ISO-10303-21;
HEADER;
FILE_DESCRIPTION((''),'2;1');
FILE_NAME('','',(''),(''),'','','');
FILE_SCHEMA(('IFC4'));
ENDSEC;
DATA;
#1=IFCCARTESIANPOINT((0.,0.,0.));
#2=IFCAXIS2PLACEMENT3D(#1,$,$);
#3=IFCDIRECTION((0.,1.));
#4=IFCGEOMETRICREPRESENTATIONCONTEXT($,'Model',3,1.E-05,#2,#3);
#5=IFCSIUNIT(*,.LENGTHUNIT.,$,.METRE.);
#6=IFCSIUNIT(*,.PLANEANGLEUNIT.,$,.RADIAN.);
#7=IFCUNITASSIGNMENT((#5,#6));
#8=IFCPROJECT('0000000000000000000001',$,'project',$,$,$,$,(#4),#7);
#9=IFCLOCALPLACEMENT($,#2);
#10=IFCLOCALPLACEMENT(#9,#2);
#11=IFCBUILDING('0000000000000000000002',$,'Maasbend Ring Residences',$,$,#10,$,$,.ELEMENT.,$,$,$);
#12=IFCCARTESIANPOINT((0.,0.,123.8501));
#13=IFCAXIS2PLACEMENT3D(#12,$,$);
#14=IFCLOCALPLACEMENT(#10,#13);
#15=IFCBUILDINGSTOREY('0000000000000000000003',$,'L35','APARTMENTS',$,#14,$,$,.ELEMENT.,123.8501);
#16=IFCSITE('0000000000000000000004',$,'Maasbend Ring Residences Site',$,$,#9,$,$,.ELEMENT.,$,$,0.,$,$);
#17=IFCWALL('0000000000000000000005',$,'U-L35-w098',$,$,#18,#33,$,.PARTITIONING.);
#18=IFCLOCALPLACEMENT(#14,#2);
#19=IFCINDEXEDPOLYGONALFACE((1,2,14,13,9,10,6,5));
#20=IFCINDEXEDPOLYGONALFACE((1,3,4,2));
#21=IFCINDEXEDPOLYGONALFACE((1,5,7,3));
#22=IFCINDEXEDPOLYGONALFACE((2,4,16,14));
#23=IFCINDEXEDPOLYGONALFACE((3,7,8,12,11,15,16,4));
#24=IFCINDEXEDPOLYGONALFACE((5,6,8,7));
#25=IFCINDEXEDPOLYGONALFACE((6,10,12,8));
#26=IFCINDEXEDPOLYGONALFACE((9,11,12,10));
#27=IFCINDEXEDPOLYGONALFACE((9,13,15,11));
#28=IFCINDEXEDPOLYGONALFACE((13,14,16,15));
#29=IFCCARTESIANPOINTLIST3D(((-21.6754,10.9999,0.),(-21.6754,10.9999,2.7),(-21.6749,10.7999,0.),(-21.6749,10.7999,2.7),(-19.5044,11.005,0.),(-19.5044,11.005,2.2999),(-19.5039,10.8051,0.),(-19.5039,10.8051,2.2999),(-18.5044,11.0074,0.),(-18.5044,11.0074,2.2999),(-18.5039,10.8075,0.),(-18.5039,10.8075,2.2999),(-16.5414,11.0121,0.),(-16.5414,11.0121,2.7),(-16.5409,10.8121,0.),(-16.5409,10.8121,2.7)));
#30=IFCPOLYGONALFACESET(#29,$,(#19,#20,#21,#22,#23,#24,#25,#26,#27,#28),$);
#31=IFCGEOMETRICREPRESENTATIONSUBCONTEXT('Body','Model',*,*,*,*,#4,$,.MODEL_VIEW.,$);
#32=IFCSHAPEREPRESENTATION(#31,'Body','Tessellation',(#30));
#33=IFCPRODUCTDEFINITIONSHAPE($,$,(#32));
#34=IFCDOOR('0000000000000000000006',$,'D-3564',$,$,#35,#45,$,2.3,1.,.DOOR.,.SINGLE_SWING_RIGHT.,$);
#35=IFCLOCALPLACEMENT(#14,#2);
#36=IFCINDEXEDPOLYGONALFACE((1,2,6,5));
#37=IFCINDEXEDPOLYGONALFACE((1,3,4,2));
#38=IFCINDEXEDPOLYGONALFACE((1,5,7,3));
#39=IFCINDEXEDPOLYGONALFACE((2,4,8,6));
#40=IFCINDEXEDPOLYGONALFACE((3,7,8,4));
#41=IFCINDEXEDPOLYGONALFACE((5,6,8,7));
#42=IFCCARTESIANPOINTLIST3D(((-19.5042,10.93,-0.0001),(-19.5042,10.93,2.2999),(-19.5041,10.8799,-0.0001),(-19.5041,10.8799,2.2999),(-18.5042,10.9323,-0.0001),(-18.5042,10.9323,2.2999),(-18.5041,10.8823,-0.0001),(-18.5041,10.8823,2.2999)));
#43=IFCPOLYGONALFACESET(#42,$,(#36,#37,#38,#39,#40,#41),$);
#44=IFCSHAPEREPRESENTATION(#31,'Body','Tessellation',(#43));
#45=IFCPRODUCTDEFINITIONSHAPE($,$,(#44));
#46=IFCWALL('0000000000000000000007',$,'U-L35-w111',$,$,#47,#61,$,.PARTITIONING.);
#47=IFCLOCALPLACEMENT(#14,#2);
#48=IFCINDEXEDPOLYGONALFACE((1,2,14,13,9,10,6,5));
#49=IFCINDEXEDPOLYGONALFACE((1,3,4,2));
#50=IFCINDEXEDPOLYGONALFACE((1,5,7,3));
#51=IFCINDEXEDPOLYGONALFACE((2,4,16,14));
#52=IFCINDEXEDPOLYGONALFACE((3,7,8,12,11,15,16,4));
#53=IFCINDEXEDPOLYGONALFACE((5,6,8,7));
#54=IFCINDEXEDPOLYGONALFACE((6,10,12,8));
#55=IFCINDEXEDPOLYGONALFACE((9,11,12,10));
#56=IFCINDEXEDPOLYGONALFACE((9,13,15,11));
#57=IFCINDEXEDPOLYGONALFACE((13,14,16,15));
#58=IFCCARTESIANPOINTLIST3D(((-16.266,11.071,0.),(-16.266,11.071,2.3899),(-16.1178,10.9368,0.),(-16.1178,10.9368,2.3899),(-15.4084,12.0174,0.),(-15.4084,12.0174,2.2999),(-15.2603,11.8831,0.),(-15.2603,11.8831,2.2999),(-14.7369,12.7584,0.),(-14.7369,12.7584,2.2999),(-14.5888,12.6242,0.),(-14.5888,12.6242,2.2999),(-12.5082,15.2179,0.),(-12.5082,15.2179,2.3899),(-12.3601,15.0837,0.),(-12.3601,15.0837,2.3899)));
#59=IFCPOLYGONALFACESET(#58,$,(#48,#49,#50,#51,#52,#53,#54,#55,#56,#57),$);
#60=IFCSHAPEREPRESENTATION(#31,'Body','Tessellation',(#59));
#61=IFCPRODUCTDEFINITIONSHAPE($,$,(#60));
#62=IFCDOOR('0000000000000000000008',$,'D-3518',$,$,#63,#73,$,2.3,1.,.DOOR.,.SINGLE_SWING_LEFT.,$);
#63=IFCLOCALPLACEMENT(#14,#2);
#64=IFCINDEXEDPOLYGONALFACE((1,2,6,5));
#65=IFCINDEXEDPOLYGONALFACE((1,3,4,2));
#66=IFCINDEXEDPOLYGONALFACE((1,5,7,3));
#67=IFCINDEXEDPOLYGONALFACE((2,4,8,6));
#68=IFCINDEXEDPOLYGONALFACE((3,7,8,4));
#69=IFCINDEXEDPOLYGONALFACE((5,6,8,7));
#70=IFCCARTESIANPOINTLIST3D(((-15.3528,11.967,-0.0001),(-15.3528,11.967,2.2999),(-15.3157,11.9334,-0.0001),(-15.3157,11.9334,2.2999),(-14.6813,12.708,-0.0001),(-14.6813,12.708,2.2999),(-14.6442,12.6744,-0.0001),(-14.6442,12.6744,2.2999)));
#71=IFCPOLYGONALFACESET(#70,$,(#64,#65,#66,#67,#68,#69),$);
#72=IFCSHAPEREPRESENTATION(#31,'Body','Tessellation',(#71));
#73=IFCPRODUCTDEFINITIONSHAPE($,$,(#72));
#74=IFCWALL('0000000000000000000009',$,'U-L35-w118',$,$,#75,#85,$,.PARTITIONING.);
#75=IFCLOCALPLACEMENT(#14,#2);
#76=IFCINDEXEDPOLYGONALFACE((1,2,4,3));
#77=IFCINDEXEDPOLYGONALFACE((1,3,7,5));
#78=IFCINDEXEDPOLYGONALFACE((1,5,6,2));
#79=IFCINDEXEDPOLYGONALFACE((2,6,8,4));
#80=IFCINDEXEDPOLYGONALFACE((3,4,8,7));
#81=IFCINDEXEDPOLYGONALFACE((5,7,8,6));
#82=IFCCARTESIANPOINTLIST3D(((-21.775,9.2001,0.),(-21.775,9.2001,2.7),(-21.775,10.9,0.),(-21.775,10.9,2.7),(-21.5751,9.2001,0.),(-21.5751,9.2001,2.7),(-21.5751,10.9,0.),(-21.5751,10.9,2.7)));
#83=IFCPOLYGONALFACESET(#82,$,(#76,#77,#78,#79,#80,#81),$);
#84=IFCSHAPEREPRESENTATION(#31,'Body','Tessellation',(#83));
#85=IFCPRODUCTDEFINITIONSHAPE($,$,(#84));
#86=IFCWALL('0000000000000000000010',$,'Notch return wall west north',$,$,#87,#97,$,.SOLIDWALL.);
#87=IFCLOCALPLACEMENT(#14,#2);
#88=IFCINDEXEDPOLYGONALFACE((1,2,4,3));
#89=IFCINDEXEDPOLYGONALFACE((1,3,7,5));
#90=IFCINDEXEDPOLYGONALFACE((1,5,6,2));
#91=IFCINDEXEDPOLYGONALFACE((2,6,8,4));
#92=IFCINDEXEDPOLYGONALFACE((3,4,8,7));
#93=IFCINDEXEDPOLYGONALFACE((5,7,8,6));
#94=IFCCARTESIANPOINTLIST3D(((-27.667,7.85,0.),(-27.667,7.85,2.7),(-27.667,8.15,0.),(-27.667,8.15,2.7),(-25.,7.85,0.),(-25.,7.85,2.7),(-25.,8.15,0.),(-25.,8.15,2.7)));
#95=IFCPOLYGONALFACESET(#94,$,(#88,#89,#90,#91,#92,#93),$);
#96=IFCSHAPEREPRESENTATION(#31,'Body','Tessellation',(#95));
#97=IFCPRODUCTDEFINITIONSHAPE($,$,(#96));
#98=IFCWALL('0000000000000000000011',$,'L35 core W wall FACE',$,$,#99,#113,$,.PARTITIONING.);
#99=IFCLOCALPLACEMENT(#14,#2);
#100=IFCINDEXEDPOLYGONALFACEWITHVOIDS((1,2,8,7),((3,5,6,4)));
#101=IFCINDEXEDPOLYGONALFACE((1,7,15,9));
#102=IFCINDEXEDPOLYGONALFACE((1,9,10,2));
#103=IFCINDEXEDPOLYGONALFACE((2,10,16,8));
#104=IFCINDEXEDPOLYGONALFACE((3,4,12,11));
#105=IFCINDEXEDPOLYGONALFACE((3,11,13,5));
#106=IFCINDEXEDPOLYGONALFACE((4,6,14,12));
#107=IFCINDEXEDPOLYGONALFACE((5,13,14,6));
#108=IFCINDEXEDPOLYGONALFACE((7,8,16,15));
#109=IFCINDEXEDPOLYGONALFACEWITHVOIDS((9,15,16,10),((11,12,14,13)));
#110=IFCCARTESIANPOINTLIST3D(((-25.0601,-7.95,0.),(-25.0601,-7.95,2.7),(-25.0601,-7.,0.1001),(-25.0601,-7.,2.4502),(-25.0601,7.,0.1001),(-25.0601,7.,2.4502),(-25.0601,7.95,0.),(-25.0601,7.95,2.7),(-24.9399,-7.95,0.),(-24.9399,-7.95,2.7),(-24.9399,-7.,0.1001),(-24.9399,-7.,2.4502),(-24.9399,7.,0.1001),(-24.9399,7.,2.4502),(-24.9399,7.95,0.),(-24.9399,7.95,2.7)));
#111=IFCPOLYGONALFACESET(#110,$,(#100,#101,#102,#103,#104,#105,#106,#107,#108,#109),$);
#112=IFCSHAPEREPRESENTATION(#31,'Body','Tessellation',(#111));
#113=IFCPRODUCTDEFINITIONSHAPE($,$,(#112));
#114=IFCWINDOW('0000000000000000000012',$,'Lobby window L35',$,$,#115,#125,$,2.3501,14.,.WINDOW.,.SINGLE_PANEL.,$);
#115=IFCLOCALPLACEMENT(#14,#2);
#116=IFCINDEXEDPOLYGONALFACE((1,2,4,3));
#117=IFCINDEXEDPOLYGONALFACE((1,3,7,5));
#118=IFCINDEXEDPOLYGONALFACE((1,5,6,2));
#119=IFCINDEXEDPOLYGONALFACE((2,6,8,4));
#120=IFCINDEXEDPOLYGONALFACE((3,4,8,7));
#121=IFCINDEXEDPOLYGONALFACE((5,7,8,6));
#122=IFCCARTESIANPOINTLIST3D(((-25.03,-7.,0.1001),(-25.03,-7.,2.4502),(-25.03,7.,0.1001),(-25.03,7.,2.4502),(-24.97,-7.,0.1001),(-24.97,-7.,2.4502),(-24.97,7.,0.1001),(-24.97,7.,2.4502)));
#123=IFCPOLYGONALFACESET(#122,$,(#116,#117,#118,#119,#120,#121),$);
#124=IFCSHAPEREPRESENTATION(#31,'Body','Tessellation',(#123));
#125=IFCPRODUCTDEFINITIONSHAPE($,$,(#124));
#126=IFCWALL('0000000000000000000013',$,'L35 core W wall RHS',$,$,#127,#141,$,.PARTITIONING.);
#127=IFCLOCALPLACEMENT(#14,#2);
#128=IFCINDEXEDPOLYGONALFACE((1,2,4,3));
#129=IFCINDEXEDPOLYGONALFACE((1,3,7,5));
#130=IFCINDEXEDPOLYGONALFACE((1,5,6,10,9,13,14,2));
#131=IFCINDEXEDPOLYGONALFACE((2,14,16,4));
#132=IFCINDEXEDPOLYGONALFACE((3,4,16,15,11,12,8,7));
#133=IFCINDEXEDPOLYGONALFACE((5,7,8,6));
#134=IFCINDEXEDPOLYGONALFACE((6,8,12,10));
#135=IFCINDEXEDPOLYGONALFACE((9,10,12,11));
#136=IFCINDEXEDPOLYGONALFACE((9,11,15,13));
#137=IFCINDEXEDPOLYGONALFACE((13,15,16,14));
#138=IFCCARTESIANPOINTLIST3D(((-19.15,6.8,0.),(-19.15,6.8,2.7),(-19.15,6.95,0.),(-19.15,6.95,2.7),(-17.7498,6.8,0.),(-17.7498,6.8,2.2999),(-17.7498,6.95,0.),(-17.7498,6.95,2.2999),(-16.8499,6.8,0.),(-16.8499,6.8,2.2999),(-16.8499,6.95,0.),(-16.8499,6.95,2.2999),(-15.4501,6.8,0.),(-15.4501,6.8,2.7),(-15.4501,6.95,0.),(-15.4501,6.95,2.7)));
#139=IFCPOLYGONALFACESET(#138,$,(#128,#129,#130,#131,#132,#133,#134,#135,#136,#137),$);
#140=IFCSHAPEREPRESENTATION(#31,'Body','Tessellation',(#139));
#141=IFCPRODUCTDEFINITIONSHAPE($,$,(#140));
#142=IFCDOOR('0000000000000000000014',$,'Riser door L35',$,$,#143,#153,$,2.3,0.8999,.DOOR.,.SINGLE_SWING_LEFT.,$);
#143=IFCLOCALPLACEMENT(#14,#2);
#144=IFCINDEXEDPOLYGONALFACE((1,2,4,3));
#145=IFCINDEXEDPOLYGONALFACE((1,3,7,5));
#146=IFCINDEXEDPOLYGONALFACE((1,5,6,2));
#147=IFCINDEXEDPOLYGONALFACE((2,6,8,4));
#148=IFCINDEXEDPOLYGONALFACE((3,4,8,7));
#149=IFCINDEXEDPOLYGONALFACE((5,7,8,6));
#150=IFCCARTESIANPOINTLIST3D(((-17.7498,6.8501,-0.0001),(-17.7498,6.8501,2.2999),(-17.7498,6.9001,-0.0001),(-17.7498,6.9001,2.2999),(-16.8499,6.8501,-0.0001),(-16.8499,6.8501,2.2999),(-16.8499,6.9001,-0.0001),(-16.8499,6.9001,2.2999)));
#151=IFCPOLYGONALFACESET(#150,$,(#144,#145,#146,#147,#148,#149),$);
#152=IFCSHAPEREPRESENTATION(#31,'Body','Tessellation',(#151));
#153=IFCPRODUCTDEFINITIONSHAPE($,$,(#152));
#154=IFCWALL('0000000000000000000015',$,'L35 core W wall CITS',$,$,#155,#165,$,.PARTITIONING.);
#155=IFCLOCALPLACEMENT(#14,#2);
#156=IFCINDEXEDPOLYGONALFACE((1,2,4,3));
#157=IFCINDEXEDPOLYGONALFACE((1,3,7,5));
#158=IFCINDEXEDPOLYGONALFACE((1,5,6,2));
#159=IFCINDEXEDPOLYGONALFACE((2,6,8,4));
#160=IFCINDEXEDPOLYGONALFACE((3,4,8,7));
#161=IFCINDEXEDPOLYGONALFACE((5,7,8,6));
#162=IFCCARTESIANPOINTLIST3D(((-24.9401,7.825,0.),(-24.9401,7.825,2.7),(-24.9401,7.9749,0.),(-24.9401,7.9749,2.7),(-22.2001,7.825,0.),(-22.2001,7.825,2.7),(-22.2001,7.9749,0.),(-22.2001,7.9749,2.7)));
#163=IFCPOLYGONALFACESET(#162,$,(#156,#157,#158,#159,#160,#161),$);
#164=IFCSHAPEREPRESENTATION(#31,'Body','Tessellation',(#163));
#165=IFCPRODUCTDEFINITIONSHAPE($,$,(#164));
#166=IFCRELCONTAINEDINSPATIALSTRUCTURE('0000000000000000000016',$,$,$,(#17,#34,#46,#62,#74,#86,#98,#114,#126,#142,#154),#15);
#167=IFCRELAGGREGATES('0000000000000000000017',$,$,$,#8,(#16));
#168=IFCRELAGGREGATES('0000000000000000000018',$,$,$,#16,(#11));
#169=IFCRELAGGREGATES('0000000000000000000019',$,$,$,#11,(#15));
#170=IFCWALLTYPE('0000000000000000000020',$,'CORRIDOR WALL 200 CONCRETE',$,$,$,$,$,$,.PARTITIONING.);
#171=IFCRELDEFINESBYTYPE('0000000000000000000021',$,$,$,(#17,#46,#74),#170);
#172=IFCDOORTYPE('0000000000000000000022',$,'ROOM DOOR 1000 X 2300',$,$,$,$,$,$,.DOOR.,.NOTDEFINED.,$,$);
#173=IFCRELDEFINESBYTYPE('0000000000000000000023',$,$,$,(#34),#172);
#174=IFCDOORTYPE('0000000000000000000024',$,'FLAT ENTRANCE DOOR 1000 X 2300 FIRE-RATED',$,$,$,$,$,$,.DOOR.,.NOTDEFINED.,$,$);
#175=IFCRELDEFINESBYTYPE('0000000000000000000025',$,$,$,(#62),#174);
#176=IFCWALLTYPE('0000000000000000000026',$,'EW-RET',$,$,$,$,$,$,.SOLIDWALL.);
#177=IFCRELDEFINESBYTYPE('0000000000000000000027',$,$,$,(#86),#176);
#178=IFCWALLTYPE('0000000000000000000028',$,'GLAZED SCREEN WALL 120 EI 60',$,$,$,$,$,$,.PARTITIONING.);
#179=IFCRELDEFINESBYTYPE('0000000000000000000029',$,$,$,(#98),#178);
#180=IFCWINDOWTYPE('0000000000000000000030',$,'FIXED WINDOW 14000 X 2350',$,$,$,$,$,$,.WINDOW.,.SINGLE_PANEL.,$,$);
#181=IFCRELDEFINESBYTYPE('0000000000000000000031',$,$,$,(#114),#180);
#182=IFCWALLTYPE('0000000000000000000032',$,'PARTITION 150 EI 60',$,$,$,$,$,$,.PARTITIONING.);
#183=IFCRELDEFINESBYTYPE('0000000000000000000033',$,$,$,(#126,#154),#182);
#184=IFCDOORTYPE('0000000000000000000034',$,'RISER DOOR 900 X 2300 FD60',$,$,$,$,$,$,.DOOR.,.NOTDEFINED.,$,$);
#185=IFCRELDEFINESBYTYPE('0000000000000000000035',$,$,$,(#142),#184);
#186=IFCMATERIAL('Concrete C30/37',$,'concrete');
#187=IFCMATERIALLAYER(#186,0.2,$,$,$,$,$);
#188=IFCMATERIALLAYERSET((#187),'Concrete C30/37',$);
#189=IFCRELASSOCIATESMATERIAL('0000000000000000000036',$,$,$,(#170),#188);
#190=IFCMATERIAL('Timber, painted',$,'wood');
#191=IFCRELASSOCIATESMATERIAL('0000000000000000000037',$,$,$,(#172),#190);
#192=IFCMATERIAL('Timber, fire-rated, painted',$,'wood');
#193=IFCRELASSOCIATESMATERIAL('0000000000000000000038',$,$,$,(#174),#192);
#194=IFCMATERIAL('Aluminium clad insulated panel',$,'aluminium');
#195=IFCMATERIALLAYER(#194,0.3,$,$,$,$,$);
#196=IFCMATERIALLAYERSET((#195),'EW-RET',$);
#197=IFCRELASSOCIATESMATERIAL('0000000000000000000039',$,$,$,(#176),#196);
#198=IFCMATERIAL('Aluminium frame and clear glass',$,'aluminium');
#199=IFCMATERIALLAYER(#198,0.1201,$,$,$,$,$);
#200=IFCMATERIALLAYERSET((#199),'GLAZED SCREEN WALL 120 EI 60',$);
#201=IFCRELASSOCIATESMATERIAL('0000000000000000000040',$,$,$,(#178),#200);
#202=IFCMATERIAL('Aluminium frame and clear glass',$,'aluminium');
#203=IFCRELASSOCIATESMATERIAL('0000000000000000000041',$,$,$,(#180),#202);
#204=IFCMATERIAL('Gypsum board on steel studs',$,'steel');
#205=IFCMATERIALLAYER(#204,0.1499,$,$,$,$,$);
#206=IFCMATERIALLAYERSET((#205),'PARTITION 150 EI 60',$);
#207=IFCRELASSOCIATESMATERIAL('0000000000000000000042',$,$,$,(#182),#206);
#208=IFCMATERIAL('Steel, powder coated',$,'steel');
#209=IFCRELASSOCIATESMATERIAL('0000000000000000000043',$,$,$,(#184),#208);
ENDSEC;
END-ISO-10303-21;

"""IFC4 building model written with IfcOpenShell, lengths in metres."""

from ifc_helpers import new_model, si_unit, direction, frame, frame_2d, origin, place, context, subcontext, project, spatial, rectangle, extrude, material, layer, layer_set, type_object, element, fill, save


model = new_model("IFC4")

# Units and contexts
model_context = context("Model", 3, precision=1e-05, world=origin(), true_north=direction((0.0, 1.0)))
body_context = subcontext(model_context, "Body", "Model", "MODEL_VIEW")
ifc_project = project(units=[si_unit("LENGTHUNIT", "METRE"), si_unit("PLANEANGLEUNIT", "RADIAN")], contexts=[model_context])

# Site, building, storey
site_placement = place(None, origin())
site = spatial("IfcSite", under=ifc_project, at=site_placement, Name="Maasbend Ring Residences Site", CompositionType="ELEMENT", RefElevation=0.0)
building_placement = place(site_placement, origin())
building = spatial("IfcBuilding", under=site, at=building_placement, Name="Maasbend Ring Residences", CompositionType="ELEMENT")
storey_placement = place(building_placement, frame((0.0, 0.0, 123.8501)))
storey = spatial("IfcBuildingStorey", under=building, at=storey_placement, Name="L35", Description="APARTMENTS", CompositionType="ELEMENT", Elevation=123.8501)

# Walls, openings, doors
ifc_material_1 = material(Name="Concrete C30/37", Category="concrete")
ifc_layer_1 = layer(ifc_material_1, 0.2)
ifc_layer_set_1 = layer_set([ifc_layer_1], Name="Concrete C30/37")
wall_type_1 = type_object("IfcWallType", Name="CORRIDOR WALL 200 CONCRETE", PredefinedType="PARTITIONING", material=ifc_layer_set_1)
wall_1_placement = place(storey_placement, frame((-21.675, 10.8999, 0.0), z_axis=(0.0, 0.0, 1.0), x_axis=(0.999997, 0.002378, 0.0)))
wall_1 = element("IfcWall", 1, at=wall_1_placement, inside=storey, type_object=wall_type_1, Name="U-L35-w098", PredefinedType="PARTITIONING", context=body_context, shape_type="SweptSolid", body=[
    extrude(rectangle(XDim=5.134, YDim=0.2, at=frame_2d((2.5669, 0.0))), origin(), (0.0, 0.0, 1.0), 2.7),
])
opening_1_placement = place(wall_1_placement, frame((2.1709, 0.0, 0.0)))
opening_1 = element("IfcOpeningElement", 2, at=opening_1_placement, cuts=wall_1, PredefinedType="OPENING", context=body_context, shape_type="SweptSolid", body=[
    extrude(rectangle(XDim=1.0, YDim=2.3, at=frame_2d((0.5, 1.1499))), frame((0.0, 0.1099, 0.0), z_axis=(0.0, -1.0, 0.0), x_axis=(1.0, 0.0, 0.0)), (0.0, 0.0, 1.0), 0.22),
])
ifc_material_2 = material(Name="Timber, painted", Category="wood")
door_type_1 = type_object("IfcDoorType", Name="ROOM DOOR 1000 X 2300", OperationType="NOTDEFINED", PredefinedType="DOOR", material=ifc_material_2)
door_1_placement = place(opening_1_placement, origin())
door_1 = element("IfcDoor", 3, at=door_1_placement, inside=storey, type_object=door_type_1, Name="D-3564", OperationType="SINGLE_SWING_RIGHT", OverallHeight=2.3, OverallWidth=1.0, PredefinedType="DOOR", context=body_context, shape_type="SweptSolid", body=[
    extrude(rectangle(XDim=1.0, YDim=2.3, at=frame_2d((0.5, 1.1499))), frame((0.0, 0.0249, 0.0), z_axis=(0.0, -1.0, 0.0), x_axis=(1.0, 0.0, 0.0)), (0.0, 0.0, 1.0), 0.05),
])
fill(opening_1, door_1)
wall_2_placement = place(storey_placement, frame((-16.1919, 11.0039, 0.0), z_axis=(0.0, 0.0, 1.0), x_axis=(0.671482, 0.741021, 0.0)))
wall_2 = element("IfcWall", 4, at=wall_2_placement, inside=storey, type_object=wall_type_1, Name="U-L35-w111", PredefinedType="PARTITIONING", context=body_context, shape_type="SweptSolid", body=[
    extrude(rectangle(XDim=5.5962, YDim=0.2, at=frame_2d((2.7981, 0.0))), origin(), (0.0, 0.0, 1.0), 2.3899),
])
opening_2_placement = place(wall_2_placement, frame((1.2771, 0.0, 0.0)))
opening_2 = element("IfcOpeningElement", 5, at=opening_2_placement, cuts=wall_2, PredefinedType="OPENING", context=body_context, shape_type="SweptSolid", body=[
    extrude(rectangle(XDim=1.0, YDim=2.3, at=frame_2d((0.5, 1.1499))), frame((0.0, 0.1099, 0.0), z_axis=(0.0, -1.0, 0.0), x_axis=(1.0, 0.0, 0.0)), (0.0, 0.0, 1.0), 0.22),
])
ifc_material_3 = material(Name="Timber, fire-rated, painted", Category="wood")
door_type_2 = type_object("IfcDoorType", Name="FLAT ENTRANCE DOOR 1000 X 2300 FIRE-RATED", OperationType="NOTDEFINED", PredefinedType="DOOR", material=ifc_material_3)
door_2_placement = place(opening_2_placement, origin())
door_2 = element("IfcDoor", 6, at=door_2_placement, inside=storey, type_object=door_type_2, Name="D-3518", OperationType="SINGLE_SWING_LEFT", OverallHeight=2.3, OverallWidth=1.0, PredefinedType="DOOR", context=body_context, shape_type="SweptSolid", body=[
    extrude(rectangle(XDim=1.0, YDim=2.3, at=frame_2d((0.5, 1.1499))), frame((0.0, 0.0249, 0.0), z_axis=(0.0, -1.0, 0.0), x_axis=(1.0, 0.0, 0.0)), (0.0, 0.0, 1.0), 0.05),
])
fill(opening_2, door_2)

# Walls
wall_3_placement = place(storey_placement, frame((-21.675, 9.2, 0.0), z_axis=(0.0, 0.0, 1.0), x_axis=(0.0, 1.0, 0.0)))
element("IfcWall", 7, at=wall_3_placement, inside=storey, type_object=wall_type_1, Name="U-L35-w118", PredefinedType="PARTITIONING", context=body_context, shape_type="SweptSolid", body=[
    extrude(rectangle(XDim=1.7, YDim=0.2, at=frame_2d((0.8501, 0.0))), origin(), (0.0, 0.0, 1.0), 2.7),
])
ifc_material_4 = material(Name="Aluminium clad insulated panel", Category="aluminium")
ifc_layer_2 = layer(ifc_material_4, 0.3)
ifc_layer_set_2 = layer_set([ifc_layer_2], Name="EW-RET")
wall_type_2 = type_object("IfcWallType", Name="EW-RET", PredefinedType="SOLIDWALL", material=ifc_layer_set_2)
wall_4_placement = place(storey_placement, frame((-25.0, 8.0, 0.0), z_axis=(0.0, 0.0, 1.0), x_axis=(-1.0, 0.0, 0.0)))
element("IfcWall", 8, at=wall_4_placement, inside=storey, type_object=wall_type_2, Name="Notch return wall west north", PredefinedType="SOLIDWALL", context=body_context, shape_type="SweptSolid", body=[
    extrude(rectangle(XDim=2.667, YDim=0.3, at=frame_2d((1.3335, 0.0))), origin(), (0.0, 0.0, 1.0), 2.7),
])

# Wall, opening, window
ifc_material_5 = material(Name="Aluminium frame and clear glass", Category="aluminium")
ifc_layer_3 = layer(ifc_material_5, 0.1201)
ifc_layer_set_3 = layer_set([ifc_layer_3], Name="GLAZED SCREEN WALL 120 EI 60")
wall_type_3 = type_object("IfcWallType", Name="GLAZED SCREEN WALL 120 EI 60", PredefinedType="PARTITIONING", material=ifc_layer_set_3)
wall_5_placement = place(storey_placement, frame((-25.0, 7.95, 0.0), z_axis=(0.0, 0.0, 1.0), x_axis=(0.0, -1.0, 0.0)))
wall_5 = element("IfcWall", 9, at=wall_5_placement, inside=storey, type_object=wall_type_3, Name="L35 core W wall FACE", PredefinedType="PARTITIONING", context=body_context, shape_type="SweptSolid", body=[
    extrude(rectangle(XDim=15.8999, YDim=0.1201, at=frame_2d((7.95, 0.0))), origin(), (0.0, 0.0, 1.0), 2.7),
])
opening_3_placement = place(wall_5_placement, frame((0.95, 0.0, 0.1001)))
opening_3 = element("IfcOpeningElement", 10, at=opening_3_placement, cuts=wall_5, PredefinedType="OPENING", context=body_context, shape_type="SweptSolid", body=[
    extrude(rectangle(XDim=14.0, YDim=2.3501, at=frame_2d((7.0, 1.175))), frame((0.0, 0.0701, 0.0), z_axis=(0.0, -1.0, 0.0), x_axis=(1.0, 0.0, 0.0)), (0.0, 0.0, 1.0), 0.1401),
])
ifc_material_6 = material(Name="Aluminium frame and clear glass", Category="aluminium")
window_type = type_object("IfcWindowType", Name="FIXED WINDOW 14000 X 2350", PartitioningType="SINGLE_PANEL", PredefinedType="WINDOW", material=ifc_material_6)
window_placement = place(opening_3_placement, origin())
window = element("IfcWindow", 11, at=window_placement, inside=storey, type_object=window_type, Name="Lobby window L35", OverallHeight=2.3501, OverallWidth=14.0, PartitioningType="SINGLE_PANEL", PredefinedType="WINDOW", context=body_context, shape_type="SweptSolid", body=[
    extrude(rectangle(XDim=14.0, YDim=2.3501, at=frame_2d((7.0, 1.175))), frame((0.0, 0.03, 0.0), z_axis=(0.0, -1.0, 0.0), x_axis=(1.0, 0.0, 0.0)), (0.0, 0.0, 1.0), 0.0601),
])
fill(opening_3, window)

# Wall, opening, door
ifc_material_7 = material(Name="Gypsum board on steel studs", Category="steel")
ifc_layer_4 = layer(ifc_material_7, 0.1499)
ifc_layer_set_4 = layer_set([ifc_layer_4], Name="PARTITION 150 EI 60")
wall_type_4 = type_object("IfcWallType", Name="PARTITION 150 EI 60", PredefinedType="PARTITIONING", material=ifc_layer_set_4)
wall_6_placement = place(storey_placement, frame((-15.45, 6.875, 0.0), z_axis=(0.0, 0.0, 1.0), x_axis=(-1.0, 0.0, 0.0)))
wall_6 = element("IfcWall", 12, at=wall_6_placement, inside=storey, type_object=wall_type_4, Name="L35 core W wall RHS", PredefinedType="PARTITIONING", context=body_context, shape_type="SweptSolid", body=[
    extrude(rectangle(XDim=3.7, YDim=0.1499, at=frame_2d((1.8501, 0.0))), origin(), (0.0, 0.0, 1.0), 2.7),
])
opening_4_placement = place(wall_6_placement, frame((1.3999, 0.0, 0.0)))
opening_4 = element("IfcOpeningElement", 13, at=opening_4_placement, cuts=wall_6, PredefinedType="OPENING", context=body_context, shape_type="SweptSolid", body=[
    extrude(rectangle(XDim=0.8999, YDim=2.3, at=frame_2d((0.45, 1.1499))), frame((0.0, 0.085, 0.0), z_axis=(0.0, -1.0, 0.0), x_axis=(1.0, 0.0, 0.0)), (0.0, 0.0, 1.0), 0.1699),
])
ifc_material_8 = material(Name="Steel, powder coated", Category="steel")
door_type_3 = type_object("IfcDoorType", Name="RISER DOOR 900 X 2300 FD60", OperationType="NOTDEFINED", PredefinedType="DOOR", material=ifc_material_8)
door_3_placement = place(opening_4_placement, origin())
door_3 = element("IfcDoor", 14, at=door_3_placement, inside=storey, type_object=door_type_3, Name="Riser door L35", OperationType="SINGLE_SWING_LEFT", OverallHeight=2.3, OverallWidth=0.8999, PredefinedType="DOOR", context=body_context, shape_type="SweptSolid", body=[
    extrude(rectangle(XDim=0.8999, YDim=2.3, at=frame_2d((0.45, 1.1499))), frame((0.0, 0.0249, 0.0), z_axis=(0.0, -1.0, 0.0), x_axis=(1.0, 0.0, 0.0)), (0.0, 0.0, 1.0), 0.05),
])
fill(opening_4, door_3)

# Wall
wall_7_placement = place(storey_placement, frame((-22.2, 7.8999, 0.0), z_axis=(0.0, 0.0, 1.0), x_axis=(-1.0, 0.0, 0.0)))
element("IfcWall", 15, at=wall_7_placement, inside=storey, type_object=wall_type_4, Name="L35 core W wall CITS", PredefinedType="PARTITIONING", context=body_context, shape_type="SweptSolid", body=[
    extrude(rectangle(XDim=2.74, YDim=0.1499, at=frame_2d((1.3701, 0.0))), origin(), (0.0, 0.0, 1.0), 2.7),
])

save(model, "model.ifc")
